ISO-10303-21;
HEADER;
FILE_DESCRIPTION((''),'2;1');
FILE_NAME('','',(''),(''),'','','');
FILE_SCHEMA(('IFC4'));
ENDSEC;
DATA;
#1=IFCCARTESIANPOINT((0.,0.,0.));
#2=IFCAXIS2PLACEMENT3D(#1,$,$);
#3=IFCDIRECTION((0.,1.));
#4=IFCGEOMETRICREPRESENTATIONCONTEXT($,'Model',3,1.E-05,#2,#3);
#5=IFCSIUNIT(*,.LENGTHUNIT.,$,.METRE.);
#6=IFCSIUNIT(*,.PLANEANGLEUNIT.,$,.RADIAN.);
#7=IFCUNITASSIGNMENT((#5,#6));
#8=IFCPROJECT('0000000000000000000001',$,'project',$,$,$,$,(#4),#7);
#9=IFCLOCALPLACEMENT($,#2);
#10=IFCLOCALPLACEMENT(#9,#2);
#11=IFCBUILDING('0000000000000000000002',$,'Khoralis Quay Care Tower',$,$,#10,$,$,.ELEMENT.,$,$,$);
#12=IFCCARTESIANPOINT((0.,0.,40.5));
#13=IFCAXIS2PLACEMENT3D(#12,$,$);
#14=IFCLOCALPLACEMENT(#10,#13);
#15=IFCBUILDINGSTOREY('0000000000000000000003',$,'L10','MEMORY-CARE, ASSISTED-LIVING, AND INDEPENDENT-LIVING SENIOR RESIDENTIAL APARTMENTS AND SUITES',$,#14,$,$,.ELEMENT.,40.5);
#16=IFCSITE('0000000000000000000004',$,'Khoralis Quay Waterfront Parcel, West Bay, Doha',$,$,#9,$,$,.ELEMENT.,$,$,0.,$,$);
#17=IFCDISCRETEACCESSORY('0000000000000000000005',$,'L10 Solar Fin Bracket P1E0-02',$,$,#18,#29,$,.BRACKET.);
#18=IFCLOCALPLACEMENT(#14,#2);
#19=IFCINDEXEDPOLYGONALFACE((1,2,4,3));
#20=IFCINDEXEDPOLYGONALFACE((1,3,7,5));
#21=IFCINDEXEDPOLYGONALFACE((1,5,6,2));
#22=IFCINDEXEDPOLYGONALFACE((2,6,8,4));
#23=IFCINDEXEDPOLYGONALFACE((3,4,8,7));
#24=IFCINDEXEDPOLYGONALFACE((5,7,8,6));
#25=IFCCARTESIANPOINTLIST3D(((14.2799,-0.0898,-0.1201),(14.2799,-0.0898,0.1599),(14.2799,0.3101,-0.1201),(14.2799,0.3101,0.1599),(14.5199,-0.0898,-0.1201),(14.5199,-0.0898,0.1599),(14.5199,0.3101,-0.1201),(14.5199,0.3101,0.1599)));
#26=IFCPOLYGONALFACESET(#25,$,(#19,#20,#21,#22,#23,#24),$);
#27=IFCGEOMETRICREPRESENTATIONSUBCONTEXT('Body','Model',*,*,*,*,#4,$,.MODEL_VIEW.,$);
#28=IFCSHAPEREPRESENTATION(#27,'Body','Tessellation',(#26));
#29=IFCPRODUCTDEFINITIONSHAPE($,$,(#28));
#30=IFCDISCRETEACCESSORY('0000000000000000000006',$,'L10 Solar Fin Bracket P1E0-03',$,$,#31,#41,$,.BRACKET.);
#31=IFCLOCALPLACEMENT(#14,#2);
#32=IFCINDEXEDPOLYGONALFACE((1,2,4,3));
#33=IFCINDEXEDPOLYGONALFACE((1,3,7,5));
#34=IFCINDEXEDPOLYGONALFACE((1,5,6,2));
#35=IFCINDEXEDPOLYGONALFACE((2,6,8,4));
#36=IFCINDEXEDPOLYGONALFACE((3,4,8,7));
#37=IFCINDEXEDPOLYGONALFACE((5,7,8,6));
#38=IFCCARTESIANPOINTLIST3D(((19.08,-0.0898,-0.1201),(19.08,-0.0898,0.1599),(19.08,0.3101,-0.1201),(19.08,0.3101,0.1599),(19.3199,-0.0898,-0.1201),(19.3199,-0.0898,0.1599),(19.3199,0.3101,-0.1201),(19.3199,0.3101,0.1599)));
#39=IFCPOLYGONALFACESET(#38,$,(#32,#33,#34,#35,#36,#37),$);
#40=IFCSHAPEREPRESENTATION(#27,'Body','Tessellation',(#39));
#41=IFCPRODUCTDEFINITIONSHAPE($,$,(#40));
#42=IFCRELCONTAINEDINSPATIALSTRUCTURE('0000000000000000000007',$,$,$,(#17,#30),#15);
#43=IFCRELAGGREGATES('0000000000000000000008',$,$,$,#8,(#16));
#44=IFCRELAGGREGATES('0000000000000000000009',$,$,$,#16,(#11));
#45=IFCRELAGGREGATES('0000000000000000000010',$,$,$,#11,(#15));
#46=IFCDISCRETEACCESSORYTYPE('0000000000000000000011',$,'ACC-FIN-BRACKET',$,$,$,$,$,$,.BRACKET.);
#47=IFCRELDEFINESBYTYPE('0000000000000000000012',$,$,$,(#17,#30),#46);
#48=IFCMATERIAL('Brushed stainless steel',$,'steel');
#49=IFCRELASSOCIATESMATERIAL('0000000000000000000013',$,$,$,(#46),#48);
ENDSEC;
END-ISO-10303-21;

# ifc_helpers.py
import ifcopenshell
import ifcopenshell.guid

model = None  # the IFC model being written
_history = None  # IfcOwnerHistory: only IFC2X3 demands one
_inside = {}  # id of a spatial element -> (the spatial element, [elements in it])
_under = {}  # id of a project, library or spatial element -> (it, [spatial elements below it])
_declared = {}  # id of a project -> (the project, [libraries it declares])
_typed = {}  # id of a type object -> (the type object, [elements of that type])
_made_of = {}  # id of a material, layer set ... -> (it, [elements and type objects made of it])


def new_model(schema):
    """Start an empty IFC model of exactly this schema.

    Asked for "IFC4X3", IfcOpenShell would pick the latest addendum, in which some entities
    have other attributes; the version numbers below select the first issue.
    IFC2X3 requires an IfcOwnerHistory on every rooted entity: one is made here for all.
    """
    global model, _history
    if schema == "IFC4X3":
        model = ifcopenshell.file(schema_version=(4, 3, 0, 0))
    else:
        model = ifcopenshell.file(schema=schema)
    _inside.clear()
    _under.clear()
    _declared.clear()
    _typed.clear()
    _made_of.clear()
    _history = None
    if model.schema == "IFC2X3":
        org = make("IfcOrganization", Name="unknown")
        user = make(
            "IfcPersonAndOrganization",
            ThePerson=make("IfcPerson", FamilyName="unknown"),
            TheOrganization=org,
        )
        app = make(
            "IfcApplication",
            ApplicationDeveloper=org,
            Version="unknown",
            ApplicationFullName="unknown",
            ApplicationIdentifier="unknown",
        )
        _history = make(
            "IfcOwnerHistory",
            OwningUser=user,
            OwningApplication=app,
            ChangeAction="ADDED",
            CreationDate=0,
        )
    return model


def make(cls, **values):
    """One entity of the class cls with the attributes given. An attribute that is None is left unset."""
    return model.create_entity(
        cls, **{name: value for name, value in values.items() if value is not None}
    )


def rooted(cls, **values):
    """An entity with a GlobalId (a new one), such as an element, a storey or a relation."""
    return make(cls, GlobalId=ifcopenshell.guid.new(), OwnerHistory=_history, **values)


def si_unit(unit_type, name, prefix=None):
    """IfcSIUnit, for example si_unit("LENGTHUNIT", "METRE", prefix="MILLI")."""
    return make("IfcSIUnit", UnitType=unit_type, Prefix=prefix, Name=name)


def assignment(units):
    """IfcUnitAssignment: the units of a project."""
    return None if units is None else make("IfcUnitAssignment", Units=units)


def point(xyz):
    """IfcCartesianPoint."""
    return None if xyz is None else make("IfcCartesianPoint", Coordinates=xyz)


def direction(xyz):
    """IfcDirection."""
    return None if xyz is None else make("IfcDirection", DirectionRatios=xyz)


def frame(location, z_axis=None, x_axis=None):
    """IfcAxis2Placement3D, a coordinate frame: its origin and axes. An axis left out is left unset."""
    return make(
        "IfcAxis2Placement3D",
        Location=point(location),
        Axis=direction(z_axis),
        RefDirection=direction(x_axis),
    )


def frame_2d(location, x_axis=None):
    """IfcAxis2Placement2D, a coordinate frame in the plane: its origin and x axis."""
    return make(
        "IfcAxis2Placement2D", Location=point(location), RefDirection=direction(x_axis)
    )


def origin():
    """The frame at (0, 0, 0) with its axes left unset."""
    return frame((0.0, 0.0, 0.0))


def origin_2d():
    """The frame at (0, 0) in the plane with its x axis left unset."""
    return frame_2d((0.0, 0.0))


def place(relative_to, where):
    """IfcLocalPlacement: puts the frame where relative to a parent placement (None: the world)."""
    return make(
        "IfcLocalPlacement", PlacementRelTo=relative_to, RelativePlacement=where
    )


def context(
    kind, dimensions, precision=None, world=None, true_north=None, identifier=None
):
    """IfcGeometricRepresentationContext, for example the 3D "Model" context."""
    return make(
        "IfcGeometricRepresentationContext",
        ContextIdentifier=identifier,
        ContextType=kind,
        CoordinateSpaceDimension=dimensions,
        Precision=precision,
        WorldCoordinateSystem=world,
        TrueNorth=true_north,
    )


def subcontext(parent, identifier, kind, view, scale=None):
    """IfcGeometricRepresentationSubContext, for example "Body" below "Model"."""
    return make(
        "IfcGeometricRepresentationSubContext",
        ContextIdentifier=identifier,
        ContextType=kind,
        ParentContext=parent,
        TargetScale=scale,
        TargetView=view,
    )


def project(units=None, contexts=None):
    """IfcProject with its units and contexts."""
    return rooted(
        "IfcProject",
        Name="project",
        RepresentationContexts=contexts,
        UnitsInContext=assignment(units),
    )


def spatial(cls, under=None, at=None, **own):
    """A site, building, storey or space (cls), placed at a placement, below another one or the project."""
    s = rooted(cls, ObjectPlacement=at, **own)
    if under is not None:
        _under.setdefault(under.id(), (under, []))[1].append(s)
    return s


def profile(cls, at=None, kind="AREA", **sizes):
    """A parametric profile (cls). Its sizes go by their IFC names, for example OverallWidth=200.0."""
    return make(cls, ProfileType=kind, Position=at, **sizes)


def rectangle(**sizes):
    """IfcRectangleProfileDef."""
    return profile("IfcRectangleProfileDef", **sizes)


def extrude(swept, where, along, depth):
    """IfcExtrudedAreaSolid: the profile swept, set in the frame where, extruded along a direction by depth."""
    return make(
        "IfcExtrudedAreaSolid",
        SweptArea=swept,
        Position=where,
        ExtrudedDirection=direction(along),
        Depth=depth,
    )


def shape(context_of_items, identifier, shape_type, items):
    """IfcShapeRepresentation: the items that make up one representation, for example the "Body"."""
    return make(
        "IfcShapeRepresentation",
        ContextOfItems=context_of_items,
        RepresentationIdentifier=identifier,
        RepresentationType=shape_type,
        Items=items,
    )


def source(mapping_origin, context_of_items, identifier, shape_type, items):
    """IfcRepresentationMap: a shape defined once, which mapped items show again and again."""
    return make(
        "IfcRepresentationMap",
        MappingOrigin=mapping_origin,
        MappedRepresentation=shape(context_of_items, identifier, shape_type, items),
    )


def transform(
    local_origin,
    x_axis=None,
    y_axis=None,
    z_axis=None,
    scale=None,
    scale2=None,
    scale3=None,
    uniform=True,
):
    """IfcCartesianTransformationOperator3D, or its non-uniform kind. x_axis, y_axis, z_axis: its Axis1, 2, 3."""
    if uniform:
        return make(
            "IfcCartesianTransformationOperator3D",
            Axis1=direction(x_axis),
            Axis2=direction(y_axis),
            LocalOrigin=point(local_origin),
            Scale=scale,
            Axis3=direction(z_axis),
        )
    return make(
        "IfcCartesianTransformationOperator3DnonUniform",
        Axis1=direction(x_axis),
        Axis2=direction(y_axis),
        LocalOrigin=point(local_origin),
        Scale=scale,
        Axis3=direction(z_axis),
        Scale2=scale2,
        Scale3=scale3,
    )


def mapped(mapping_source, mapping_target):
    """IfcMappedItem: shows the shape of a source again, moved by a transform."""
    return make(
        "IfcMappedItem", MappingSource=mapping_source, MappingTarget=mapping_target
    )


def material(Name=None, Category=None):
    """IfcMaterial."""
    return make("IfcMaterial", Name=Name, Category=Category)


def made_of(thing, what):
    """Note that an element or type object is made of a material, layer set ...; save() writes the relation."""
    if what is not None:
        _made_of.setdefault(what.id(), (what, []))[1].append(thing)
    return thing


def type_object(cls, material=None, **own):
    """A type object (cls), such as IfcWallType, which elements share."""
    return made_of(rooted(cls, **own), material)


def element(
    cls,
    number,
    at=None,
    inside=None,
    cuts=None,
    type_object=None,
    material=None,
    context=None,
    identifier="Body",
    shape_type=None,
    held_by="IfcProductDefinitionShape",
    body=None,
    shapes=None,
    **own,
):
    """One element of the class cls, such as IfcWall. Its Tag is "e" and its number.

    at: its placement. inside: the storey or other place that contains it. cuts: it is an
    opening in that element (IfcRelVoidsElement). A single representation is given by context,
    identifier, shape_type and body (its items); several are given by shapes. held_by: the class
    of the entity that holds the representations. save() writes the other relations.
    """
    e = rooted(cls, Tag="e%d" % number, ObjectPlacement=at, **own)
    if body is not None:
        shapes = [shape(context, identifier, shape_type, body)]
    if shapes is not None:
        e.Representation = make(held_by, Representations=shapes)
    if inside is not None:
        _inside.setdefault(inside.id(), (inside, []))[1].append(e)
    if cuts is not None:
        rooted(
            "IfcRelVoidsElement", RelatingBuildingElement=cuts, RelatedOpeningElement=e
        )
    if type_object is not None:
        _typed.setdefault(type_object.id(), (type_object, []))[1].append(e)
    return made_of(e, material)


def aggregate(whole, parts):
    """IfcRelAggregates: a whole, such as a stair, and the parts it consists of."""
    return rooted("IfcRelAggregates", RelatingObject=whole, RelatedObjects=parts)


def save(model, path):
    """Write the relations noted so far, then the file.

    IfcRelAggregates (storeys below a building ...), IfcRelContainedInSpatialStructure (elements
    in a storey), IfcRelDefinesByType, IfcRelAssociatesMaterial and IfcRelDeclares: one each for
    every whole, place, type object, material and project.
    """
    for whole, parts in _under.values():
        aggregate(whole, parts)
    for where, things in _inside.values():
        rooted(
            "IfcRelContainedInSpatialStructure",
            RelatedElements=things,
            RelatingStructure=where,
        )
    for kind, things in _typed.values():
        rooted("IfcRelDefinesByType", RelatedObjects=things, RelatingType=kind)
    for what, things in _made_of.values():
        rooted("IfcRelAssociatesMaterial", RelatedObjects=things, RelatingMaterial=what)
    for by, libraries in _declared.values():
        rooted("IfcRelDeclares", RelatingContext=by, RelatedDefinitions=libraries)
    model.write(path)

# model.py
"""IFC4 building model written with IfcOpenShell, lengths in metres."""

from ifc_helpers import new_model, si_unit, direction, frame, origin, origin_2d, place, context, subcontext, project, spatial, rectangle, extrude, source, transform, mapped, material, type_object, element, save


model = new_model("IFC4")

# Units and contexts
model_context = context("Model", 3, precision=1e-05, world=origin(), true_north=direction((0.0, 1.0)))
body_context = subcontext(model_context, "Body", "Model", "MODEL_VIEW")
ifc_project = project(units=[si_unit("LENGTHUNIT", "METRE"), si_unit("PLANEANGLEUNIT", "RADIAN")], contexts=[model_context])

# Site, building, storey
site_placement = place(None, origin())
site = spatial("IfcSite", under=ifc_project, at=site_placement, Name="Khoralis Quay Waterfront Parcel, West Bay, Doha", CompositionType="ELEMENT", RefElevation=0.0)
building_placement = place(site_placement, origin())
building = spatial("IfcBuilding", under=site, at=building_placement, Name="Khoralis Quay Care Tower", CompositionType="ELEMENT")
storey_placement = place(building_placement, frame((0.0, 0.0, 40.5)))
storey = spatial("IfcBuildingStorey", under=building, at=storey_placement, Name="L10", Description="MEMORY-CARE, ASSISTED-LIVING, AND INDEPENDENT-LIVING SENIOR RESIDENTIAL APARTMENTS AND SUITES", CompositionType="ELEMENT", Elevation=40.5)

# Discrete accessories
ifc_material_1 = material(Name="Brushed stainless steel", Category="steel")
discrete_accessory_type = type_object("IfcDiscreteAccessoryType", Name="ACC-FIN-BRACKET", PredefinedType="BRACKET", material=ifc_material_1)
shared_shape_1 = source(origin(), body_context, "Body", "SweptSolid", [
    extrude(rectangle(XDim=0.3999, YDim=0.24, at=origin_2d()), origin(), (0.0, 0.0, 1.0), 0.28),
])
for number, where, z_axis, x_axis, name in (
    (1, (14.3999, 0.1101, -0.1201), (0.0, 0.0, 1.0), (0.0, -1.0, 0.0), "L10 Solar Fin Bracket P1E0-02"),
    (2, (19.2, 0.1101, -0.1201), (0.0, 0.0, 1.0), (0.0, -1.0, 0.0), "L10 Solar Fin Bracket P1E0-03"),
):
    element("IfcDiscreteAccessory", number, at=place(storey_placement, frame(where, z_axis=z_axis, x_axis=x_axis)), inside=storey, type_object=discrete_accessory_type, Name=name, PredefinedType="BRACKET", context=body_context, shape_type="MappedRepresentation", body=[
        mapped(shared_shape_1, transform((0.0, 0.0, 0.0), scale=1.0)),
    ])

save(model, "model.ifc")
